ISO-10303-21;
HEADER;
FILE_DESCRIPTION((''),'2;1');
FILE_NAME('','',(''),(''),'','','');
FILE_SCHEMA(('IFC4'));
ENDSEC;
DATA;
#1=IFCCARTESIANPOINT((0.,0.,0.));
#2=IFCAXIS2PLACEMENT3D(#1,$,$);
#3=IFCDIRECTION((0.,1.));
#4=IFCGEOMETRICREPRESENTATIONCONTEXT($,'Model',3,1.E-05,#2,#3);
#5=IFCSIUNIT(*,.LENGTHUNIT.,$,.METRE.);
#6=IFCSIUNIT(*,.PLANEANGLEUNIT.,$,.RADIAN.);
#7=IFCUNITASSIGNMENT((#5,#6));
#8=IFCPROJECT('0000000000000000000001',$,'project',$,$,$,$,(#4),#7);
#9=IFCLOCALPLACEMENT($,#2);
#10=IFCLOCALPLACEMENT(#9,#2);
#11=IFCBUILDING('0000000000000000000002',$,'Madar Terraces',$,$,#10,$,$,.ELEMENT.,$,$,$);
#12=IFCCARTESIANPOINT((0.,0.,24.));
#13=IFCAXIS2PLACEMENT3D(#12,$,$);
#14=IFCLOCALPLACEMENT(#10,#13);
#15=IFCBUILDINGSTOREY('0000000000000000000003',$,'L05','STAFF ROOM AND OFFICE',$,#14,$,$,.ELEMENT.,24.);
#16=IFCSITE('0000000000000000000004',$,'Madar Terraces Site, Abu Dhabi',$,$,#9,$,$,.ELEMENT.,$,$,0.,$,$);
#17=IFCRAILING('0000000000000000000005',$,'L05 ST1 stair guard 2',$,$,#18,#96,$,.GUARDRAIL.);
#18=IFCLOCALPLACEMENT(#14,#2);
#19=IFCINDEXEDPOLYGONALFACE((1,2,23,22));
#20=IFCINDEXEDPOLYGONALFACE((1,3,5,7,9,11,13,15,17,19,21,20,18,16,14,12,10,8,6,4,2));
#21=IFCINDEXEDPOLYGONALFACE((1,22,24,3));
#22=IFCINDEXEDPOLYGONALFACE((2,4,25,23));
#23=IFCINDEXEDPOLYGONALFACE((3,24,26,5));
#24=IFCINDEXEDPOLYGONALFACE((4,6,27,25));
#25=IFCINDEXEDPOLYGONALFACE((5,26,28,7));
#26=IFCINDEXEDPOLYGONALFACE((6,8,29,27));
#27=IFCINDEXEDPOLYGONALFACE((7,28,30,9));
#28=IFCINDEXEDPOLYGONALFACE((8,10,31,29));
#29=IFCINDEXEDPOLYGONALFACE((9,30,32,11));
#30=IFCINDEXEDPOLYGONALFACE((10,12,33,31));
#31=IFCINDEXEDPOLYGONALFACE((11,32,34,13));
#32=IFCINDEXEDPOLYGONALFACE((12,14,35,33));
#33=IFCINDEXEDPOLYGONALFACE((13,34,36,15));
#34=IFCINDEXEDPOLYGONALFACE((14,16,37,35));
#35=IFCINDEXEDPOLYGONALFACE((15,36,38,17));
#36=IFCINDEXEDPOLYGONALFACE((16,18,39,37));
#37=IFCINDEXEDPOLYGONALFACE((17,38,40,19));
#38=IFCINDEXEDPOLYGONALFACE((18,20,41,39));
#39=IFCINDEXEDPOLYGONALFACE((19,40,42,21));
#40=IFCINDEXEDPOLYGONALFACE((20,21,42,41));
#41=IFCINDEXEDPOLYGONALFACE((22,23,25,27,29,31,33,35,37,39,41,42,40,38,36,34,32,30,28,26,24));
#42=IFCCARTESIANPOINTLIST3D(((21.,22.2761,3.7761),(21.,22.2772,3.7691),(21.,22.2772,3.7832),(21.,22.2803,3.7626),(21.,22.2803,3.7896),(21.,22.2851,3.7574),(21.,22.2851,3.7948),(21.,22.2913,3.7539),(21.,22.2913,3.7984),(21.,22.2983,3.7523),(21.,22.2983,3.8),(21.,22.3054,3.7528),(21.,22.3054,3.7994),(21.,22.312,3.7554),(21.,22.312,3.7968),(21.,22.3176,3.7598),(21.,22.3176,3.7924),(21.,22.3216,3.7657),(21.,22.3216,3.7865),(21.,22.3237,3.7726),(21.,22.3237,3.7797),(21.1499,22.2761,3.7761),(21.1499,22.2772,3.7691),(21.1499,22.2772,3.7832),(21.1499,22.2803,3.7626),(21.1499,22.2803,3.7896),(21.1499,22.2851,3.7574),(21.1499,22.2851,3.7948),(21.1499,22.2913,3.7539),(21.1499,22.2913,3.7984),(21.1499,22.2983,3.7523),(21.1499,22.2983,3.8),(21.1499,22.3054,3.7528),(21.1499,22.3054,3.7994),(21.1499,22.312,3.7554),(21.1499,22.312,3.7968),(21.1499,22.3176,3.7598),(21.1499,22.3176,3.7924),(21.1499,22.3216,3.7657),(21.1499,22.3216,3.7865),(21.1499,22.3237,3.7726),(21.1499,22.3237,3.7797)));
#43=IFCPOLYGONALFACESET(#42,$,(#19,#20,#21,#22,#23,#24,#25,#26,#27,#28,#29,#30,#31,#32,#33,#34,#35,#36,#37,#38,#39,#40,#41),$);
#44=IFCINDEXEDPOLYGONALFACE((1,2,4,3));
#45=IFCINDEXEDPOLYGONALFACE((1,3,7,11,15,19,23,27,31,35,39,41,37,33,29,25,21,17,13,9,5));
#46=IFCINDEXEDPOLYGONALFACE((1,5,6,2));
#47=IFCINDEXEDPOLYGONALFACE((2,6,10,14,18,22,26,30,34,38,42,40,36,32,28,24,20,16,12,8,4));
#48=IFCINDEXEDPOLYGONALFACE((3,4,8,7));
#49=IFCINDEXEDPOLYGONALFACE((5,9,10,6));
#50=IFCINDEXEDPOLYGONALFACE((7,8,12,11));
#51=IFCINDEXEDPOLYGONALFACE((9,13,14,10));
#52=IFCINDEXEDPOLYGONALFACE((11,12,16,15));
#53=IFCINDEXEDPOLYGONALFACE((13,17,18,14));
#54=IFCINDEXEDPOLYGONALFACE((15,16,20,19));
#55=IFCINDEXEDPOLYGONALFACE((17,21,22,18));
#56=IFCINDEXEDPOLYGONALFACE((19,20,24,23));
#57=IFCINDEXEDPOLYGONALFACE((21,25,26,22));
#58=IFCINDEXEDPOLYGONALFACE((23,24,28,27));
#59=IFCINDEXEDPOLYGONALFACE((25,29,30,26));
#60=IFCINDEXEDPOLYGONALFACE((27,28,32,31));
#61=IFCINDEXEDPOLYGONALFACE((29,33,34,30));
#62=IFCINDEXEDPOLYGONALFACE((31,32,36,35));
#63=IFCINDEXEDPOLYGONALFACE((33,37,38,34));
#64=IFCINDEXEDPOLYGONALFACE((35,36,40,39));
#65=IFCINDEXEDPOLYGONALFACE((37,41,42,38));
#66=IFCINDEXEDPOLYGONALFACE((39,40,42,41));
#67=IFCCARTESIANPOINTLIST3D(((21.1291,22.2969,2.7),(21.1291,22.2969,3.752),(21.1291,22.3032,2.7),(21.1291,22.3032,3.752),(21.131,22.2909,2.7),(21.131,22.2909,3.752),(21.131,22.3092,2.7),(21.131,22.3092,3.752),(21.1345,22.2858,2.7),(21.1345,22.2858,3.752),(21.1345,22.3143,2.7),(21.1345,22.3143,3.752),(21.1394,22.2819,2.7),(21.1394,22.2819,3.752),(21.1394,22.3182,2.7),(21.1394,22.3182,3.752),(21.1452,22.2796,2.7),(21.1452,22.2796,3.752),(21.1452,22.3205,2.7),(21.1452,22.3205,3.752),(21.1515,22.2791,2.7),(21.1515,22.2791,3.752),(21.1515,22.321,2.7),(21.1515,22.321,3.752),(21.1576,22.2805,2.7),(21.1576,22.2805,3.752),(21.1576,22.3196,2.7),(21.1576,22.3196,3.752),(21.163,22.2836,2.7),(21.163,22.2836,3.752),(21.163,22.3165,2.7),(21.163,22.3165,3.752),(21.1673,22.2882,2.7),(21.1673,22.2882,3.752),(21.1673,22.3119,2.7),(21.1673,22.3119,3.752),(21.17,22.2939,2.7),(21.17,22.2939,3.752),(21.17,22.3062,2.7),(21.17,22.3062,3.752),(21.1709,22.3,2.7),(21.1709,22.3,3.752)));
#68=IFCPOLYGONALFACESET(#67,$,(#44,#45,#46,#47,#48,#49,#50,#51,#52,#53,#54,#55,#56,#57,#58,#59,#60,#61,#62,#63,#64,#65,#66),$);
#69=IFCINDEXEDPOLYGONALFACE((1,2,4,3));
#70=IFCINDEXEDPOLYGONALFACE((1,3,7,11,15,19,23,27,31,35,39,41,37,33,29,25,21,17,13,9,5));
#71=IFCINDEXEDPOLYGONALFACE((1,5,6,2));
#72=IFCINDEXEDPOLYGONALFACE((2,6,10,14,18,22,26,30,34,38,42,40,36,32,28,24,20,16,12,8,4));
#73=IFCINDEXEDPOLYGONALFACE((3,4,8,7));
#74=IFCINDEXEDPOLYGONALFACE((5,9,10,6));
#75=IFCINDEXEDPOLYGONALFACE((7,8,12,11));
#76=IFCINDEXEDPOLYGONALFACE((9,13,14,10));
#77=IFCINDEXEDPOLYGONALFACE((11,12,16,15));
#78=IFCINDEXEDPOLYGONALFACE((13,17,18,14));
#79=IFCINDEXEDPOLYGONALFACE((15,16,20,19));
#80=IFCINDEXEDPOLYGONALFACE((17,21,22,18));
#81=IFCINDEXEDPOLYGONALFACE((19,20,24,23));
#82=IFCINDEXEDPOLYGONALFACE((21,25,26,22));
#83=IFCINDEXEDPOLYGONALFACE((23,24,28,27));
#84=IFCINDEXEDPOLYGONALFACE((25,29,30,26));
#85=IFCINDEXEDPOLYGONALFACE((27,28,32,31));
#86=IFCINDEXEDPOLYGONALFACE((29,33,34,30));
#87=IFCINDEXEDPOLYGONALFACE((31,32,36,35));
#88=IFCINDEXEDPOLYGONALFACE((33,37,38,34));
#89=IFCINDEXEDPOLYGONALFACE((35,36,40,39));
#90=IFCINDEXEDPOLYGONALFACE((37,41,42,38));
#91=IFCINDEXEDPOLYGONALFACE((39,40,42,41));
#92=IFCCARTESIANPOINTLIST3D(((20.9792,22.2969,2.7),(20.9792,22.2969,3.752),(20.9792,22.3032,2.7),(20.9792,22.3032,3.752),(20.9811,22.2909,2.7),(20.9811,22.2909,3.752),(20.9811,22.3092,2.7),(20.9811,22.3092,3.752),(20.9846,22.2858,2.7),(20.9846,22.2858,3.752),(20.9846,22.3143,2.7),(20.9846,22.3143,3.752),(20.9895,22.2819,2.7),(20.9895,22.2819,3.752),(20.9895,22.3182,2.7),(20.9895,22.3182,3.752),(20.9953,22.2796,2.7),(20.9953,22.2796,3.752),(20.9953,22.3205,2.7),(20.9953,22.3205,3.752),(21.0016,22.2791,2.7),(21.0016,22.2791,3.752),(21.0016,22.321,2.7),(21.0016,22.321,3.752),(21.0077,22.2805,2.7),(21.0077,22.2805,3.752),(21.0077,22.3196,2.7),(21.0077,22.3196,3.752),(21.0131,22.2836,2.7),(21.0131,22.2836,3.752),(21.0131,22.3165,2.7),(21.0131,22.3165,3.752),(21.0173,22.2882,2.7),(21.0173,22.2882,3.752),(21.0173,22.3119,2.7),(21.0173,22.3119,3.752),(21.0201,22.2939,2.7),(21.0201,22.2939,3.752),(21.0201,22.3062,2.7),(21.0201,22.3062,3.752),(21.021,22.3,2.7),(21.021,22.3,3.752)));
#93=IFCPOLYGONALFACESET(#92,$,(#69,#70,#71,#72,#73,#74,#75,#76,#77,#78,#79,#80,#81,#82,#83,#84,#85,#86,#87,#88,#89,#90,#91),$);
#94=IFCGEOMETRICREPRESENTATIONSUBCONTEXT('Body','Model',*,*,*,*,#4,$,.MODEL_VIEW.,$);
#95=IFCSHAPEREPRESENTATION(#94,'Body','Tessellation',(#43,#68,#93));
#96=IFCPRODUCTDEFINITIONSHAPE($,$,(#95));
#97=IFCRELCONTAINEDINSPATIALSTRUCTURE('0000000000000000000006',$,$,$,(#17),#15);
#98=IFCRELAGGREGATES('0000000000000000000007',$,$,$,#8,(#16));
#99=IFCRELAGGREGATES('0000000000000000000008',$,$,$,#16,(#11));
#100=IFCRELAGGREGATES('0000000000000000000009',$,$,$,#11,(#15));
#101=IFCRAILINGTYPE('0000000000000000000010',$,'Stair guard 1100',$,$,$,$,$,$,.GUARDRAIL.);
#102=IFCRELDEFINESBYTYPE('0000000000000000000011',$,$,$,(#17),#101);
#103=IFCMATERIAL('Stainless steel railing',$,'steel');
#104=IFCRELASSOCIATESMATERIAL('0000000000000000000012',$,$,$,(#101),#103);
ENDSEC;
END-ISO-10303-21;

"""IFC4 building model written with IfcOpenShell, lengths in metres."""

from ifc_helpers import new_model, si_unit, direction, frame, origin, origin_2d, place, context, subcontext, project, spatial, circle, extrude, material, type_object, element, save


model = new_model("IFC4")

# Units and contexts
model_context = context("Model", 3, precision=1e-05, world=origin(), true_north=direction((0.0, 1.0)))
body_context = subcontext(model_context, "Body", "Model", "MODEL_VIEW")
ifc_project = project(units=[si_unit("LENGTHUNIT", "METRE"), si_unit("PLANEANGLEUNIT", "RADIAN")], contexts=[model_context])

# Site, building, storey
site_placement = place(None, origin())
site = spatial("IfcSite", under=ifc_project, at=site_placement, Name="Madar Terraces Site, Abu Dhabi", CompositionType="ELEMENT", RefElevation=0.0)
building_placement = place(site_placement, origin())
building = spatial("IfcBuilding", under=site, at=building_placement, Name="Madar Terraces", CompositionType="ELEMENT")
storey_placement = place(building_placement, frame((0.0, 0.0, 24.0)))
storey = spatial("IfcBuildingStorey", under=building, at=storey_placement, Name="L05", Description="STAFF ROOM AND OFFICE", CompositionType="ELEMENT", Elevation=24.0)

# Railing
ifc_material_1 = material(Name="Stainless steel railing", Category="steel")
railing_type_1 = type_object("IfcRailingType", Name="Stair guard 1100", PredefinedType="GUARDRAIL", material=ifc_material_1)
railing_1_placement = place(storey_placement, frame((21.1499, 22.3, 2.7)))
element("IfcRailing", 1, at=railing_1_placement, inside=storey, type_object=railing_type_1, Name="L05 ST1 stair guard 2", PredefinedType="GUARDRAIL", context=body_context, shape_type="SweptSolid", body=[
    extrude(circle(Radius=0.0239, at=origin_2d()), frame((0.0, 0.0, 1.0762), z_axis=(-1.0, 0.0, 0.0), x_axis=(0.0, -1.0, 0.0)), (0.0, 0.0, 1.0), 0.1499),
    extrude(circle(Radius=0.021, at=origin_2d()), origin(), (0.0, 0.0, 1.0), 1.052),
    extrude(circle(Radius=0.021, at=origin_2d()), frame((-0.1499, 0.0, 0.0)), (0.0, 0.0, 1.0), 1.052),
])

save(model, "model.ifc")
